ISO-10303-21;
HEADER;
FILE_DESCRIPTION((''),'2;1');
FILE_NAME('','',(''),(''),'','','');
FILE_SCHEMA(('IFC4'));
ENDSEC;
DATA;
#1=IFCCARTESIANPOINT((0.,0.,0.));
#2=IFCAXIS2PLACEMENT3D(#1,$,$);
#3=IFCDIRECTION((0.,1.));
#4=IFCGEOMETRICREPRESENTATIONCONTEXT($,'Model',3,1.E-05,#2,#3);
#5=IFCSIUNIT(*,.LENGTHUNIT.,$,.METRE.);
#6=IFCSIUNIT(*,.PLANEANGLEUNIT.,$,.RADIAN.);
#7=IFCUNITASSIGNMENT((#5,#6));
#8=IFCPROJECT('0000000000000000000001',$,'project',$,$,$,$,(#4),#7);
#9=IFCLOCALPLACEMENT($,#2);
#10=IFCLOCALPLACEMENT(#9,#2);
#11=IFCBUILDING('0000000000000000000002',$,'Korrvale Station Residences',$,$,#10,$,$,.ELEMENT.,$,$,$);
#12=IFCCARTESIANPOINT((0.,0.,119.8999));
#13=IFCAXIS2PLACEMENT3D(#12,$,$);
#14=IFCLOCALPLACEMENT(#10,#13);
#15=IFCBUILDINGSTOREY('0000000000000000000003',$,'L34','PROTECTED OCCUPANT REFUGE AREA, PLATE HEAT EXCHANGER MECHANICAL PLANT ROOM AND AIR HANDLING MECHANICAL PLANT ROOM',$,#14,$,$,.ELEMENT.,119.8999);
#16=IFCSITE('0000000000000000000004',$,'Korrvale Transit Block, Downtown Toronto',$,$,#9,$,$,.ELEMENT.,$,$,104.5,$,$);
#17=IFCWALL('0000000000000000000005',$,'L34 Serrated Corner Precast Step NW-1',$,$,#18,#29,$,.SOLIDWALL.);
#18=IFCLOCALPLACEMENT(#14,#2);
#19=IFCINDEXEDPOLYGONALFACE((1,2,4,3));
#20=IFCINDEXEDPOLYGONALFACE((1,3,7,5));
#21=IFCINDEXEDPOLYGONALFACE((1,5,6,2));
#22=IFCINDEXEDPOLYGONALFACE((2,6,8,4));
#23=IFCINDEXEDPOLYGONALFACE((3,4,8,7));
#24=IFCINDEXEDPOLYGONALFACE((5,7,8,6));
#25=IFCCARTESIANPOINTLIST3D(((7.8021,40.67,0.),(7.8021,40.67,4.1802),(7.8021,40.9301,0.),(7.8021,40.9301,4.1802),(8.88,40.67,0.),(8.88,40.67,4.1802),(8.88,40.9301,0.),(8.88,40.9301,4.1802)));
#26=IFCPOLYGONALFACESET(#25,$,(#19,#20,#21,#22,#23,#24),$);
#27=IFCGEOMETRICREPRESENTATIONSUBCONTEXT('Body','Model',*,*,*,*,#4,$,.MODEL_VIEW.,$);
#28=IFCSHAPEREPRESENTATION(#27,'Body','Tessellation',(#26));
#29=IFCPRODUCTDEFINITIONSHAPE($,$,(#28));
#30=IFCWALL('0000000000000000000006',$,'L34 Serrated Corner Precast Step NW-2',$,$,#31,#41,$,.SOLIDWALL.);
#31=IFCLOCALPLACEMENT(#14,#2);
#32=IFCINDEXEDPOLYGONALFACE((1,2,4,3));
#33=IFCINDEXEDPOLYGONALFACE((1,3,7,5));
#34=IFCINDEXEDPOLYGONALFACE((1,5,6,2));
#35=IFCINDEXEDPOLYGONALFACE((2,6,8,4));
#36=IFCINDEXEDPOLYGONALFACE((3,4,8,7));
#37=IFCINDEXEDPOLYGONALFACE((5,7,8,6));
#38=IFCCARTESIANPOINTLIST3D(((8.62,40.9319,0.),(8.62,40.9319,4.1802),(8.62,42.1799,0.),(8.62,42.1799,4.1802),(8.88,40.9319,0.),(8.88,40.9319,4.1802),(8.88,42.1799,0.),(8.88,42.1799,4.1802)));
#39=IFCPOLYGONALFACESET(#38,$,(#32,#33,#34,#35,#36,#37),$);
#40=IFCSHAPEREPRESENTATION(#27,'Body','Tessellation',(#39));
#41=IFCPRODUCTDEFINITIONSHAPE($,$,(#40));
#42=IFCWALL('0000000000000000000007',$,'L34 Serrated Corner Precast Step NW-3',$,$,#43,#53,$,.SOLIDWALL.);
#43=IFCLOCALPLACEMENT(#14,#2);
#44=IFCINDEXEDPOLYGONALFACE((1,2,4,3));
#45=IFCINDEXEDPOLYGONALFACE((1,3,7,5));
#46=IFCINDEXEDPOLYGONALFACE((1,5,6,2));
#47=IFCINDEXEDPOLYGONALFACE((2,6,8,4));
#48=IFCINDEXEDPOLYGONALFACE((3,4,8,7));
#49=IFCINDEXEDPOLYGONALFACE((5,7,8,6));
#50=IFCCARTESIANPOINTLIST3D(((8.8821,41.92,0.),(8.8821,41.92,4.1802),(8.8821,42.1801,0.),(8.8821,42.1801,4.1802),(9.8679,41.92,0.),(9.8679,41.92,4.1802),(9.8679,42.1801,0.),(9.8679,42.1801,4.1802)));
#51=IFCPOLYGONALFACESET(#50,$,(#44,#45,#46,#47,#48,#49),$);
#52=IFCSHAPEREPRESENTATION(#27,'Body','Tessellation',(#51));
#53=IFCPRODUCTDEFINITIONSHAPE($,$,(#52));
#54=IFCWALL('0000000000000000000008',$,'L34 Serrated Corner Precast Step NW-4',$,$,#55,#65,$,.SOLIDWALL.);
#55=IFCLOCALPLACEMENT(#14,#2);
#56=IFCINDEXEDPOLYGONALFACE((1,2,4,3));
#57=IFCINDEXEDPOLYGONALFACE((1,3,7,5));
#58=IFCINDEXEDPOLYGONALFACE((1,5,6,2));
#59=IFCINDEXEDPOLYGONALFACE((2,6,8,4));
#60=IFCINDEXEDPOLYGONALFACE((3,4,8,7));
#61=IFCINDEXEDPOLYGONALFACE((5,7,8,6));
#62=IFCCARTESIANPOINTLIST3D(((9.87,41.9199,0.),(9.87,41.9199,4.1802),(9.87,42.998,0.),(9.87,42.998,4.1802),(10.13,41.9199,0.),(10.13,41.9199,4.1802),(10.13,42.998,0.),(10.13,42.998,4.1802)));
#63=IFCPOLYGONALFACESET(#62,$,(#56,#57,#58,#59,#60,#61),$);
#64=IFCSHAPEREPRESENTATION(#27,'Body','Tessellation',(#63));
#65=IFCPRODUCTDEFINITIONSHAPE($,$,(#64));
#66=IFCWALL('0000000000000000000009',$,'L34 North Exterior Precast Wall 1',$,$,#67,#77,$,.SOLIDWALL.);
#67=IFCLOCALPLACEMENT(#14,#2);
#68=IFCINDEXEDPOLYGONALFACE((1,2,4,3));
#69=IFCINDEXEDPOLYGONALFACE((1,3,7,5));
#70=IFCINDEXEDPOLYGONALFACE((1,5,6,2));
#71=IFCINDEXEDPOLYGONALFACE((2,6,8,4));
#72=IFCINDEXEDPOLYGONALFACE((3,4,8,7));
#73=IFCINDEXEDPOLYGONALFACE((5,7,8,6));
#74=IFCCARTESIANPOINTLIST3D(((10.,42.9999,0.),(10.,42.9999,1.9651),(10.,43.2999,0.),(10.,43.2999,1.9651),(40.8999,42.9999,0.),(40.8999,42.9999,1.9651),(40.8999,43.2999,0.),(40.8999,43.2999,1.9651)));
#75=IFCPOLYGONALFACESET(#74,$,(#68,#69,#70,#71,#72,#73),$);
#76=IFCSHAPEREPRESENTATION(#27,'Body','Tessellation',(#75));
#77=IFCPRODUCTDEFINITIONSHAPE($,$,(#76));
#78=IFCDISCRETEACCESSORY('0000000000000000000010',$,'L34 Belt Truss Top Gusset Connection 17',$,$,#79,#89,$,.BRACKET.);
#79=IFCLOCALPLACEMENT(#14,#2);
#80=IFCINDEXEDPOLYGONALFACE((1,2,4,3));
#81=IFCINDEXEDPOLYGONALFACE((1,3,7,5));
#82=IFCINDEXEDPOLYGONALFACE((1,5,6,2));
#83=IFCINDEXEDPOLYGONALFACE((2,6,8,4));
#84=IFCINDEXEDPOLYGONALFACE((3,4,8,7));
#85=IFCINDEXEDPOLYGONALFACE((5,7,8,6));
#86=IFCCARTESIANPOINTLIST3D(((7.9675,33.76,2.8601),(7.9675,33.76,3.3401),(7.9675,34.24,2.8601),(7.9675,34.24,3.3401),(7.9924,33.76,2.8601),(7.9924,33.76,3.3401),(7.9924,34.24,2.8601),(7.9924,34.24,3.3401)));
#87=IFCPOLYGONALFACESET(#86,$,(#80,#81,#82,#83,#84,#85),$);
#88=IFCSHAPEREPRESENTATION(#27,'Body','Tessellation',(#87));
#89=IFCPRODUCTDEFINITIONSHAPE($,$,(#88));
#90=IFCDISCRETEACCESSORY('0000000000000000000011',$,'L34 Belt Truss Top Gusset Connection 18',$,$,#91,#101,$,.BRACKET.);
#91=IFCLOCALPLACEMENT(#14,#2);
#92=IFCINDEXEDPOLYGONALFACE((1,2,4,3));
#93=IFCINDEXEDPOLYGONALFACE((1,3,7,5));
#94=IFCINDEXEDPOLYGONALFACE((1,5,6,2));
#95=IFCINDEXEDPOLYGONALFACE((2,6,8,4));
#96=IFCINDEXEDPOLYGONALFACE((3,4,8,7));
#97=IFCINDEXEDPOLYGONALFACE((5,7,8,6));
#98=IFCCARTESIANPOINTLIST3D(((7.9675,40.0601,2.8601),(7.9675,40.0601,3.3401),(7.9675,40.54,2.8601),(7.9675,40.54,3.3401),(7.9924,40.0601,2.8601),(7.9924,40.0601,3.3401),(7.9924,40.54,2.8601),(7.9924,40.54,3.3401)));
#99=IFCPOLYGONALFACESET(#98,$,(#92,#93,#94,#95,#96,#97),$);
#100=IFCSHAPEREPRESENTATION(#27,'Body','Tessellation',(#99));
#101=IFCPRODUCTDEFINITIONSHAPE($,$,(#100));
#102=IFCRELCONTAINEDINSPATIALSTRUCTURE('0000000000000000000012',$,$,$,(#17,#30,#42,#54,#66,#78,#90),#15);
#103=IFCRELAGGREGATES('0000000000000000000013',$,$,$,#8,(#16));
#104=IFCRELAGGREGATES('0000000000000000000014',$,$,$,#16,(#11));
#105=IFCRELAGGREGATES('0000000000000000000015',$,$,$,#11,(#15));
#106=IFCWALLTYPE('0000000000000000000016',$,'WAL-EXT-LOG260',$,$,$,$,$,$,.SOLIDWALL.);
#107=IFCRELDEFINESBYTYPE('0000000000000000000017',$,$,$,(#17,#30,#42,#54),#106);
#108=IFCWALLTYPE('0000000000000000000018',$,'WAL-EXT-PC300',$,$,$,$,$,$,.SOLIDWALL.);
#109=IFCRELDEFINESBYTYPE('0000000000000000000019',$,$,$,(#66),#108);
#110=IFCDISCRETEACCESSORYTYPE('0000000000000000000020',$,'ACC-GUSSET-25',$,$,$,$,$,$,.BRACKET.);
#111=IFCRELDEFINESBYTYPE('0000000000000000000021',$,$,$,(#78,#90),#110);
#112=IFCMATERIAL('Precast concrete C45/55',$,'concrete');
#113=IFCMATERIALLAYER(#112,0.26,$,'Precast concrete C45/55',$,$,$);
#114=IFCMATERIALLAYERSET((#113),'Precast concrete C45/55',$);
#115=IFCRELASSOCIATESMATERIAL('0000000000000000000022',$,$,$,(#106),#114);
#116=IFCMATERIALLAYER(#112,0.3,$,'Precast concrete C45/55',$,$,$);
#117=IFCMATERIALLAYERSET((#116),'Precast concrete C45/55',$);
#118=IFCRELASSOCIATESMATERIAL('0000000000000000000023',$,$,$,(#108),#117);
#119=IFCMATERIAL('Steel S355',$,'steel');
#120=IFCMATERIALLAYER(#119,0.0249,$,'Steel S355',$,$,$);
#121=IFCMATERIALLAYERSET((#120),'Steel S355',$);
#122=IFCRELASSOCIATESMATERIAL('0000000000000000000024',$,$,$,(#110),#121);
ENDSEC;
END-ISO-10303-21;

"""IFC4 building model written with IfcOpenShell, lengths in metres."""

from ifc_helpers import new_model, si_unit, direction, frame, frame_2d, origin, origin_2d, place, context, subcontext, project, spatial, rectangle, extrude, material, layer, layer_set, type_object, element, save


model = new_model("IFC4")

# Units and contexts
model_context = context("Model", 3, precision=1e-05, world=origin(), true_north=direction((0.0, 1.0)))
body_context = subcontext(model_context, "Body", "Model", "MODEL_VIEW")
ifc_project = project(units=[si_unit("LENGTHUNIT", "METRE"), si_unit("PLANEANGLEUNIT", "RADIAN")], contexts=[model_context])

# Site, building, storey
site_placement = place(None, origin())
site = spatial("IfcSite", under=ifc_project, at=site_placement, Name="Korrvale Transit Block, Downtown Toronto", CompositionType="ELEMENT", RefElevation=104.5)
building_placement = place(site_placement, origin())
building = spatial("IfcBuilding", under=site, at=building_placement, Name="Korrvale Station Residences", CompositionType="ELEMENT")
storey_placement = place(building_placement, frame((0.0, 0.0, 119.8999)))
storey = spatial("IfcBuildingStorey", under=building, at=storey_placement, Name="L34", Description="PROTECTED OCCUPANT REFUGE AREA, PLATE HEAT EXCHANGER MECHANICAL PLANT ROOM AND AIR HANDLING MECHANICAL PLANT ROOM", CompositionType="ELEMENT", Elevation=119.8999)

# Shared definitions
ifc_material_1 = material(Name="Steel S355", Category="steel")

# Walls
ifc_material_2 = material(Name="Precast concrete C45/55", Category="concrete")
ifc_layer_1 = layer(ifc_material_2, 0.26, Name="Precast concrete C45/55")
ifc_layer_set_1 = layer_set([ifc_layer_1], Name="Precast concrete C45/55")
wall_type_1 = type_object("IfcWallType", Name="WAL-EXT-LOG260", PredefinedType="SOLIDWALL", material=ifc_layer_set_1)
wall_1_placement = place(storey_placement, frame((7.802, 40.8, 0.0), z_axis=(0.0, 0.0, 1.0), x_axis=(1.0, 0.0, 0.0)))
element("IfcWall", 1, at=wall_1_placement, inside=storey, type_object=wall_type_1, Name="L34 Serrated Corner Precast Step NW-1", PredefinedType="SOLIDWALL", context=body_context, shape_type="SweptSolid", body=[
    extrude(rectangle(XDim=1.0779, YDim=0.26, at=frame_2d((0.5391, 0.0))), origin(), (0.0, 0.0, 1.0), 4.1802),
])
wall_2_placement = place(storey_placement, frame((8.75, 40.9319, 0.0), z_axis=(0.0, 0.0, 1.0), x_axis=(0.0, 1.0, 0.0)))
element("IfcWall", 2, at=wall_2_placement, inside=storey, type_object=wall_type_1, Name="L34 Serrated Corner Precast Step NW-2", PredefinedType="SOLIDWALL", context=body_context, shape_type="SweptSolid", body=[
    extrude(rectangle(XDim=1.248, YDim=0.26, at=frame_2d((0.624, 0.0))), origin(), (0.0, 0.0, 1.0), 4.1802),
])
wall_3_placement = place(storey_placement, frame((8.8821, 42.05, 0.0), z_axis=(0.0, 0.0, 1.0), x_axis=(1.0, 0.0, 0.0)))
element("IfcWall", 3, at=wall_3_placement, inside=storey, type_object=wall_type_1, Name="L34 Serrated Corner Precast Step NW-3", PredefinedType="SOLIDWALL", context=body_context, shape_type="SweptSolid", body=[
    extrude(rectangle(XDim=0.9858, YDim=0.26, at=frame_2d((0.4929, 0.0))), origin(), (0.0, 0.0, 1.0), 4.1802),
])
wall_4_placement = place(storey_placement, frame((10.0, 41.9199, 0.0), z_axis=(0.0, 0.0, 1.0), x_axis=(0.0, 1.0, 0.0)))
element("IfcWall", 4, at=wall_4_placement, inside=storey, type_object=wall_type_1, Name="L34 Serrated Corner Precast Step NW-4", PredefinedType="SOLIDWALL", context=body_context, shape_type="SweptSolid", body=[
    extrude(rectangle(XDim=1.0781, YDim=0.26, at=frame_2d((0.5391, 0.0))), origin(), (0.0, 0.0, 1.0), 4.1802),
])
ifc_layer_2 = layer(ifc_material_2, 0.3, Name="Precast concrete C45/55")
ifc_layer_set_2 = layer_set([ifc_layer_2], Name="Precast concrete C45/55")
wall_type_2 = type_object("IfcWallType", Name="WAL-EXT-PC300", PredefinedType="SOLIDWALL", material=ifc_layer_set_2)
wall_5_placement = place(storey_placement, frame((10.0, 43.1499, 0.0), z_axis=(0.0, 0.0, 1.0), x_axis=(1.0, 0.0, 0.0)))
element("IfcWall", 5, at=wall_5_placement, inside=storey, type_object=wall_type_2, Name="L34 North Exterior Precast Wall 1", PredefinedType="SOLIDWALL", context=body_context, shape_type="SweptSolid", body=[
    extrude(rectangle(XDim=30.8999, YDim=0.3, at=frame_2d((15.45, 0.0))), origin(), (0.0, 0.0, 1.0), 1.9651),
])

# Discrete accessories
ifc_layer_3 = layer(ifc_material_1, 0.0249, Name="Steel S355")
ifc_layer_set_3 = layer_set([ifc_layer_3], Name="Steel S355")
discrete_accessory_type = type_object("IfcDiscreteAccessoryType", Name="ACC-GUSSET-25", PredefinedType="BRACKET", material=ifc_layer_set_3)
for number, where, z_axis, x_axis, name in (
    (6, (7.98, 34.0, 2.8601), (0.0, 0.0, 1.0), (0.0, 1.0, 0.0), "L34 Belt Truss Top Gusset Connection 17"),
    (7, (7.98, 40.3, 2.8601), (0.0, 0.0, 1.0), (0.0, 1.0, 0.0), "L34 Belt Truss Top Gusset Connection 18"),
):
    element("IfcDiscreteAccessory", number, at=place(storey_placement, frame(where, z_axis=z_axis, x_axis=x_axis)), inside=storey, type_object=discrete_accessory_type, Name=name, PredefinedType="BRACKET", context=body_context, shape_type="SweptSolid", body=[
        extrude(rectangle(XDim=0.48, YDim=0.0249, at=origin_2d()), origin(), (0.0, 0.0, 1.0), 0.48),
    ])

save(model, "model.ifc")
